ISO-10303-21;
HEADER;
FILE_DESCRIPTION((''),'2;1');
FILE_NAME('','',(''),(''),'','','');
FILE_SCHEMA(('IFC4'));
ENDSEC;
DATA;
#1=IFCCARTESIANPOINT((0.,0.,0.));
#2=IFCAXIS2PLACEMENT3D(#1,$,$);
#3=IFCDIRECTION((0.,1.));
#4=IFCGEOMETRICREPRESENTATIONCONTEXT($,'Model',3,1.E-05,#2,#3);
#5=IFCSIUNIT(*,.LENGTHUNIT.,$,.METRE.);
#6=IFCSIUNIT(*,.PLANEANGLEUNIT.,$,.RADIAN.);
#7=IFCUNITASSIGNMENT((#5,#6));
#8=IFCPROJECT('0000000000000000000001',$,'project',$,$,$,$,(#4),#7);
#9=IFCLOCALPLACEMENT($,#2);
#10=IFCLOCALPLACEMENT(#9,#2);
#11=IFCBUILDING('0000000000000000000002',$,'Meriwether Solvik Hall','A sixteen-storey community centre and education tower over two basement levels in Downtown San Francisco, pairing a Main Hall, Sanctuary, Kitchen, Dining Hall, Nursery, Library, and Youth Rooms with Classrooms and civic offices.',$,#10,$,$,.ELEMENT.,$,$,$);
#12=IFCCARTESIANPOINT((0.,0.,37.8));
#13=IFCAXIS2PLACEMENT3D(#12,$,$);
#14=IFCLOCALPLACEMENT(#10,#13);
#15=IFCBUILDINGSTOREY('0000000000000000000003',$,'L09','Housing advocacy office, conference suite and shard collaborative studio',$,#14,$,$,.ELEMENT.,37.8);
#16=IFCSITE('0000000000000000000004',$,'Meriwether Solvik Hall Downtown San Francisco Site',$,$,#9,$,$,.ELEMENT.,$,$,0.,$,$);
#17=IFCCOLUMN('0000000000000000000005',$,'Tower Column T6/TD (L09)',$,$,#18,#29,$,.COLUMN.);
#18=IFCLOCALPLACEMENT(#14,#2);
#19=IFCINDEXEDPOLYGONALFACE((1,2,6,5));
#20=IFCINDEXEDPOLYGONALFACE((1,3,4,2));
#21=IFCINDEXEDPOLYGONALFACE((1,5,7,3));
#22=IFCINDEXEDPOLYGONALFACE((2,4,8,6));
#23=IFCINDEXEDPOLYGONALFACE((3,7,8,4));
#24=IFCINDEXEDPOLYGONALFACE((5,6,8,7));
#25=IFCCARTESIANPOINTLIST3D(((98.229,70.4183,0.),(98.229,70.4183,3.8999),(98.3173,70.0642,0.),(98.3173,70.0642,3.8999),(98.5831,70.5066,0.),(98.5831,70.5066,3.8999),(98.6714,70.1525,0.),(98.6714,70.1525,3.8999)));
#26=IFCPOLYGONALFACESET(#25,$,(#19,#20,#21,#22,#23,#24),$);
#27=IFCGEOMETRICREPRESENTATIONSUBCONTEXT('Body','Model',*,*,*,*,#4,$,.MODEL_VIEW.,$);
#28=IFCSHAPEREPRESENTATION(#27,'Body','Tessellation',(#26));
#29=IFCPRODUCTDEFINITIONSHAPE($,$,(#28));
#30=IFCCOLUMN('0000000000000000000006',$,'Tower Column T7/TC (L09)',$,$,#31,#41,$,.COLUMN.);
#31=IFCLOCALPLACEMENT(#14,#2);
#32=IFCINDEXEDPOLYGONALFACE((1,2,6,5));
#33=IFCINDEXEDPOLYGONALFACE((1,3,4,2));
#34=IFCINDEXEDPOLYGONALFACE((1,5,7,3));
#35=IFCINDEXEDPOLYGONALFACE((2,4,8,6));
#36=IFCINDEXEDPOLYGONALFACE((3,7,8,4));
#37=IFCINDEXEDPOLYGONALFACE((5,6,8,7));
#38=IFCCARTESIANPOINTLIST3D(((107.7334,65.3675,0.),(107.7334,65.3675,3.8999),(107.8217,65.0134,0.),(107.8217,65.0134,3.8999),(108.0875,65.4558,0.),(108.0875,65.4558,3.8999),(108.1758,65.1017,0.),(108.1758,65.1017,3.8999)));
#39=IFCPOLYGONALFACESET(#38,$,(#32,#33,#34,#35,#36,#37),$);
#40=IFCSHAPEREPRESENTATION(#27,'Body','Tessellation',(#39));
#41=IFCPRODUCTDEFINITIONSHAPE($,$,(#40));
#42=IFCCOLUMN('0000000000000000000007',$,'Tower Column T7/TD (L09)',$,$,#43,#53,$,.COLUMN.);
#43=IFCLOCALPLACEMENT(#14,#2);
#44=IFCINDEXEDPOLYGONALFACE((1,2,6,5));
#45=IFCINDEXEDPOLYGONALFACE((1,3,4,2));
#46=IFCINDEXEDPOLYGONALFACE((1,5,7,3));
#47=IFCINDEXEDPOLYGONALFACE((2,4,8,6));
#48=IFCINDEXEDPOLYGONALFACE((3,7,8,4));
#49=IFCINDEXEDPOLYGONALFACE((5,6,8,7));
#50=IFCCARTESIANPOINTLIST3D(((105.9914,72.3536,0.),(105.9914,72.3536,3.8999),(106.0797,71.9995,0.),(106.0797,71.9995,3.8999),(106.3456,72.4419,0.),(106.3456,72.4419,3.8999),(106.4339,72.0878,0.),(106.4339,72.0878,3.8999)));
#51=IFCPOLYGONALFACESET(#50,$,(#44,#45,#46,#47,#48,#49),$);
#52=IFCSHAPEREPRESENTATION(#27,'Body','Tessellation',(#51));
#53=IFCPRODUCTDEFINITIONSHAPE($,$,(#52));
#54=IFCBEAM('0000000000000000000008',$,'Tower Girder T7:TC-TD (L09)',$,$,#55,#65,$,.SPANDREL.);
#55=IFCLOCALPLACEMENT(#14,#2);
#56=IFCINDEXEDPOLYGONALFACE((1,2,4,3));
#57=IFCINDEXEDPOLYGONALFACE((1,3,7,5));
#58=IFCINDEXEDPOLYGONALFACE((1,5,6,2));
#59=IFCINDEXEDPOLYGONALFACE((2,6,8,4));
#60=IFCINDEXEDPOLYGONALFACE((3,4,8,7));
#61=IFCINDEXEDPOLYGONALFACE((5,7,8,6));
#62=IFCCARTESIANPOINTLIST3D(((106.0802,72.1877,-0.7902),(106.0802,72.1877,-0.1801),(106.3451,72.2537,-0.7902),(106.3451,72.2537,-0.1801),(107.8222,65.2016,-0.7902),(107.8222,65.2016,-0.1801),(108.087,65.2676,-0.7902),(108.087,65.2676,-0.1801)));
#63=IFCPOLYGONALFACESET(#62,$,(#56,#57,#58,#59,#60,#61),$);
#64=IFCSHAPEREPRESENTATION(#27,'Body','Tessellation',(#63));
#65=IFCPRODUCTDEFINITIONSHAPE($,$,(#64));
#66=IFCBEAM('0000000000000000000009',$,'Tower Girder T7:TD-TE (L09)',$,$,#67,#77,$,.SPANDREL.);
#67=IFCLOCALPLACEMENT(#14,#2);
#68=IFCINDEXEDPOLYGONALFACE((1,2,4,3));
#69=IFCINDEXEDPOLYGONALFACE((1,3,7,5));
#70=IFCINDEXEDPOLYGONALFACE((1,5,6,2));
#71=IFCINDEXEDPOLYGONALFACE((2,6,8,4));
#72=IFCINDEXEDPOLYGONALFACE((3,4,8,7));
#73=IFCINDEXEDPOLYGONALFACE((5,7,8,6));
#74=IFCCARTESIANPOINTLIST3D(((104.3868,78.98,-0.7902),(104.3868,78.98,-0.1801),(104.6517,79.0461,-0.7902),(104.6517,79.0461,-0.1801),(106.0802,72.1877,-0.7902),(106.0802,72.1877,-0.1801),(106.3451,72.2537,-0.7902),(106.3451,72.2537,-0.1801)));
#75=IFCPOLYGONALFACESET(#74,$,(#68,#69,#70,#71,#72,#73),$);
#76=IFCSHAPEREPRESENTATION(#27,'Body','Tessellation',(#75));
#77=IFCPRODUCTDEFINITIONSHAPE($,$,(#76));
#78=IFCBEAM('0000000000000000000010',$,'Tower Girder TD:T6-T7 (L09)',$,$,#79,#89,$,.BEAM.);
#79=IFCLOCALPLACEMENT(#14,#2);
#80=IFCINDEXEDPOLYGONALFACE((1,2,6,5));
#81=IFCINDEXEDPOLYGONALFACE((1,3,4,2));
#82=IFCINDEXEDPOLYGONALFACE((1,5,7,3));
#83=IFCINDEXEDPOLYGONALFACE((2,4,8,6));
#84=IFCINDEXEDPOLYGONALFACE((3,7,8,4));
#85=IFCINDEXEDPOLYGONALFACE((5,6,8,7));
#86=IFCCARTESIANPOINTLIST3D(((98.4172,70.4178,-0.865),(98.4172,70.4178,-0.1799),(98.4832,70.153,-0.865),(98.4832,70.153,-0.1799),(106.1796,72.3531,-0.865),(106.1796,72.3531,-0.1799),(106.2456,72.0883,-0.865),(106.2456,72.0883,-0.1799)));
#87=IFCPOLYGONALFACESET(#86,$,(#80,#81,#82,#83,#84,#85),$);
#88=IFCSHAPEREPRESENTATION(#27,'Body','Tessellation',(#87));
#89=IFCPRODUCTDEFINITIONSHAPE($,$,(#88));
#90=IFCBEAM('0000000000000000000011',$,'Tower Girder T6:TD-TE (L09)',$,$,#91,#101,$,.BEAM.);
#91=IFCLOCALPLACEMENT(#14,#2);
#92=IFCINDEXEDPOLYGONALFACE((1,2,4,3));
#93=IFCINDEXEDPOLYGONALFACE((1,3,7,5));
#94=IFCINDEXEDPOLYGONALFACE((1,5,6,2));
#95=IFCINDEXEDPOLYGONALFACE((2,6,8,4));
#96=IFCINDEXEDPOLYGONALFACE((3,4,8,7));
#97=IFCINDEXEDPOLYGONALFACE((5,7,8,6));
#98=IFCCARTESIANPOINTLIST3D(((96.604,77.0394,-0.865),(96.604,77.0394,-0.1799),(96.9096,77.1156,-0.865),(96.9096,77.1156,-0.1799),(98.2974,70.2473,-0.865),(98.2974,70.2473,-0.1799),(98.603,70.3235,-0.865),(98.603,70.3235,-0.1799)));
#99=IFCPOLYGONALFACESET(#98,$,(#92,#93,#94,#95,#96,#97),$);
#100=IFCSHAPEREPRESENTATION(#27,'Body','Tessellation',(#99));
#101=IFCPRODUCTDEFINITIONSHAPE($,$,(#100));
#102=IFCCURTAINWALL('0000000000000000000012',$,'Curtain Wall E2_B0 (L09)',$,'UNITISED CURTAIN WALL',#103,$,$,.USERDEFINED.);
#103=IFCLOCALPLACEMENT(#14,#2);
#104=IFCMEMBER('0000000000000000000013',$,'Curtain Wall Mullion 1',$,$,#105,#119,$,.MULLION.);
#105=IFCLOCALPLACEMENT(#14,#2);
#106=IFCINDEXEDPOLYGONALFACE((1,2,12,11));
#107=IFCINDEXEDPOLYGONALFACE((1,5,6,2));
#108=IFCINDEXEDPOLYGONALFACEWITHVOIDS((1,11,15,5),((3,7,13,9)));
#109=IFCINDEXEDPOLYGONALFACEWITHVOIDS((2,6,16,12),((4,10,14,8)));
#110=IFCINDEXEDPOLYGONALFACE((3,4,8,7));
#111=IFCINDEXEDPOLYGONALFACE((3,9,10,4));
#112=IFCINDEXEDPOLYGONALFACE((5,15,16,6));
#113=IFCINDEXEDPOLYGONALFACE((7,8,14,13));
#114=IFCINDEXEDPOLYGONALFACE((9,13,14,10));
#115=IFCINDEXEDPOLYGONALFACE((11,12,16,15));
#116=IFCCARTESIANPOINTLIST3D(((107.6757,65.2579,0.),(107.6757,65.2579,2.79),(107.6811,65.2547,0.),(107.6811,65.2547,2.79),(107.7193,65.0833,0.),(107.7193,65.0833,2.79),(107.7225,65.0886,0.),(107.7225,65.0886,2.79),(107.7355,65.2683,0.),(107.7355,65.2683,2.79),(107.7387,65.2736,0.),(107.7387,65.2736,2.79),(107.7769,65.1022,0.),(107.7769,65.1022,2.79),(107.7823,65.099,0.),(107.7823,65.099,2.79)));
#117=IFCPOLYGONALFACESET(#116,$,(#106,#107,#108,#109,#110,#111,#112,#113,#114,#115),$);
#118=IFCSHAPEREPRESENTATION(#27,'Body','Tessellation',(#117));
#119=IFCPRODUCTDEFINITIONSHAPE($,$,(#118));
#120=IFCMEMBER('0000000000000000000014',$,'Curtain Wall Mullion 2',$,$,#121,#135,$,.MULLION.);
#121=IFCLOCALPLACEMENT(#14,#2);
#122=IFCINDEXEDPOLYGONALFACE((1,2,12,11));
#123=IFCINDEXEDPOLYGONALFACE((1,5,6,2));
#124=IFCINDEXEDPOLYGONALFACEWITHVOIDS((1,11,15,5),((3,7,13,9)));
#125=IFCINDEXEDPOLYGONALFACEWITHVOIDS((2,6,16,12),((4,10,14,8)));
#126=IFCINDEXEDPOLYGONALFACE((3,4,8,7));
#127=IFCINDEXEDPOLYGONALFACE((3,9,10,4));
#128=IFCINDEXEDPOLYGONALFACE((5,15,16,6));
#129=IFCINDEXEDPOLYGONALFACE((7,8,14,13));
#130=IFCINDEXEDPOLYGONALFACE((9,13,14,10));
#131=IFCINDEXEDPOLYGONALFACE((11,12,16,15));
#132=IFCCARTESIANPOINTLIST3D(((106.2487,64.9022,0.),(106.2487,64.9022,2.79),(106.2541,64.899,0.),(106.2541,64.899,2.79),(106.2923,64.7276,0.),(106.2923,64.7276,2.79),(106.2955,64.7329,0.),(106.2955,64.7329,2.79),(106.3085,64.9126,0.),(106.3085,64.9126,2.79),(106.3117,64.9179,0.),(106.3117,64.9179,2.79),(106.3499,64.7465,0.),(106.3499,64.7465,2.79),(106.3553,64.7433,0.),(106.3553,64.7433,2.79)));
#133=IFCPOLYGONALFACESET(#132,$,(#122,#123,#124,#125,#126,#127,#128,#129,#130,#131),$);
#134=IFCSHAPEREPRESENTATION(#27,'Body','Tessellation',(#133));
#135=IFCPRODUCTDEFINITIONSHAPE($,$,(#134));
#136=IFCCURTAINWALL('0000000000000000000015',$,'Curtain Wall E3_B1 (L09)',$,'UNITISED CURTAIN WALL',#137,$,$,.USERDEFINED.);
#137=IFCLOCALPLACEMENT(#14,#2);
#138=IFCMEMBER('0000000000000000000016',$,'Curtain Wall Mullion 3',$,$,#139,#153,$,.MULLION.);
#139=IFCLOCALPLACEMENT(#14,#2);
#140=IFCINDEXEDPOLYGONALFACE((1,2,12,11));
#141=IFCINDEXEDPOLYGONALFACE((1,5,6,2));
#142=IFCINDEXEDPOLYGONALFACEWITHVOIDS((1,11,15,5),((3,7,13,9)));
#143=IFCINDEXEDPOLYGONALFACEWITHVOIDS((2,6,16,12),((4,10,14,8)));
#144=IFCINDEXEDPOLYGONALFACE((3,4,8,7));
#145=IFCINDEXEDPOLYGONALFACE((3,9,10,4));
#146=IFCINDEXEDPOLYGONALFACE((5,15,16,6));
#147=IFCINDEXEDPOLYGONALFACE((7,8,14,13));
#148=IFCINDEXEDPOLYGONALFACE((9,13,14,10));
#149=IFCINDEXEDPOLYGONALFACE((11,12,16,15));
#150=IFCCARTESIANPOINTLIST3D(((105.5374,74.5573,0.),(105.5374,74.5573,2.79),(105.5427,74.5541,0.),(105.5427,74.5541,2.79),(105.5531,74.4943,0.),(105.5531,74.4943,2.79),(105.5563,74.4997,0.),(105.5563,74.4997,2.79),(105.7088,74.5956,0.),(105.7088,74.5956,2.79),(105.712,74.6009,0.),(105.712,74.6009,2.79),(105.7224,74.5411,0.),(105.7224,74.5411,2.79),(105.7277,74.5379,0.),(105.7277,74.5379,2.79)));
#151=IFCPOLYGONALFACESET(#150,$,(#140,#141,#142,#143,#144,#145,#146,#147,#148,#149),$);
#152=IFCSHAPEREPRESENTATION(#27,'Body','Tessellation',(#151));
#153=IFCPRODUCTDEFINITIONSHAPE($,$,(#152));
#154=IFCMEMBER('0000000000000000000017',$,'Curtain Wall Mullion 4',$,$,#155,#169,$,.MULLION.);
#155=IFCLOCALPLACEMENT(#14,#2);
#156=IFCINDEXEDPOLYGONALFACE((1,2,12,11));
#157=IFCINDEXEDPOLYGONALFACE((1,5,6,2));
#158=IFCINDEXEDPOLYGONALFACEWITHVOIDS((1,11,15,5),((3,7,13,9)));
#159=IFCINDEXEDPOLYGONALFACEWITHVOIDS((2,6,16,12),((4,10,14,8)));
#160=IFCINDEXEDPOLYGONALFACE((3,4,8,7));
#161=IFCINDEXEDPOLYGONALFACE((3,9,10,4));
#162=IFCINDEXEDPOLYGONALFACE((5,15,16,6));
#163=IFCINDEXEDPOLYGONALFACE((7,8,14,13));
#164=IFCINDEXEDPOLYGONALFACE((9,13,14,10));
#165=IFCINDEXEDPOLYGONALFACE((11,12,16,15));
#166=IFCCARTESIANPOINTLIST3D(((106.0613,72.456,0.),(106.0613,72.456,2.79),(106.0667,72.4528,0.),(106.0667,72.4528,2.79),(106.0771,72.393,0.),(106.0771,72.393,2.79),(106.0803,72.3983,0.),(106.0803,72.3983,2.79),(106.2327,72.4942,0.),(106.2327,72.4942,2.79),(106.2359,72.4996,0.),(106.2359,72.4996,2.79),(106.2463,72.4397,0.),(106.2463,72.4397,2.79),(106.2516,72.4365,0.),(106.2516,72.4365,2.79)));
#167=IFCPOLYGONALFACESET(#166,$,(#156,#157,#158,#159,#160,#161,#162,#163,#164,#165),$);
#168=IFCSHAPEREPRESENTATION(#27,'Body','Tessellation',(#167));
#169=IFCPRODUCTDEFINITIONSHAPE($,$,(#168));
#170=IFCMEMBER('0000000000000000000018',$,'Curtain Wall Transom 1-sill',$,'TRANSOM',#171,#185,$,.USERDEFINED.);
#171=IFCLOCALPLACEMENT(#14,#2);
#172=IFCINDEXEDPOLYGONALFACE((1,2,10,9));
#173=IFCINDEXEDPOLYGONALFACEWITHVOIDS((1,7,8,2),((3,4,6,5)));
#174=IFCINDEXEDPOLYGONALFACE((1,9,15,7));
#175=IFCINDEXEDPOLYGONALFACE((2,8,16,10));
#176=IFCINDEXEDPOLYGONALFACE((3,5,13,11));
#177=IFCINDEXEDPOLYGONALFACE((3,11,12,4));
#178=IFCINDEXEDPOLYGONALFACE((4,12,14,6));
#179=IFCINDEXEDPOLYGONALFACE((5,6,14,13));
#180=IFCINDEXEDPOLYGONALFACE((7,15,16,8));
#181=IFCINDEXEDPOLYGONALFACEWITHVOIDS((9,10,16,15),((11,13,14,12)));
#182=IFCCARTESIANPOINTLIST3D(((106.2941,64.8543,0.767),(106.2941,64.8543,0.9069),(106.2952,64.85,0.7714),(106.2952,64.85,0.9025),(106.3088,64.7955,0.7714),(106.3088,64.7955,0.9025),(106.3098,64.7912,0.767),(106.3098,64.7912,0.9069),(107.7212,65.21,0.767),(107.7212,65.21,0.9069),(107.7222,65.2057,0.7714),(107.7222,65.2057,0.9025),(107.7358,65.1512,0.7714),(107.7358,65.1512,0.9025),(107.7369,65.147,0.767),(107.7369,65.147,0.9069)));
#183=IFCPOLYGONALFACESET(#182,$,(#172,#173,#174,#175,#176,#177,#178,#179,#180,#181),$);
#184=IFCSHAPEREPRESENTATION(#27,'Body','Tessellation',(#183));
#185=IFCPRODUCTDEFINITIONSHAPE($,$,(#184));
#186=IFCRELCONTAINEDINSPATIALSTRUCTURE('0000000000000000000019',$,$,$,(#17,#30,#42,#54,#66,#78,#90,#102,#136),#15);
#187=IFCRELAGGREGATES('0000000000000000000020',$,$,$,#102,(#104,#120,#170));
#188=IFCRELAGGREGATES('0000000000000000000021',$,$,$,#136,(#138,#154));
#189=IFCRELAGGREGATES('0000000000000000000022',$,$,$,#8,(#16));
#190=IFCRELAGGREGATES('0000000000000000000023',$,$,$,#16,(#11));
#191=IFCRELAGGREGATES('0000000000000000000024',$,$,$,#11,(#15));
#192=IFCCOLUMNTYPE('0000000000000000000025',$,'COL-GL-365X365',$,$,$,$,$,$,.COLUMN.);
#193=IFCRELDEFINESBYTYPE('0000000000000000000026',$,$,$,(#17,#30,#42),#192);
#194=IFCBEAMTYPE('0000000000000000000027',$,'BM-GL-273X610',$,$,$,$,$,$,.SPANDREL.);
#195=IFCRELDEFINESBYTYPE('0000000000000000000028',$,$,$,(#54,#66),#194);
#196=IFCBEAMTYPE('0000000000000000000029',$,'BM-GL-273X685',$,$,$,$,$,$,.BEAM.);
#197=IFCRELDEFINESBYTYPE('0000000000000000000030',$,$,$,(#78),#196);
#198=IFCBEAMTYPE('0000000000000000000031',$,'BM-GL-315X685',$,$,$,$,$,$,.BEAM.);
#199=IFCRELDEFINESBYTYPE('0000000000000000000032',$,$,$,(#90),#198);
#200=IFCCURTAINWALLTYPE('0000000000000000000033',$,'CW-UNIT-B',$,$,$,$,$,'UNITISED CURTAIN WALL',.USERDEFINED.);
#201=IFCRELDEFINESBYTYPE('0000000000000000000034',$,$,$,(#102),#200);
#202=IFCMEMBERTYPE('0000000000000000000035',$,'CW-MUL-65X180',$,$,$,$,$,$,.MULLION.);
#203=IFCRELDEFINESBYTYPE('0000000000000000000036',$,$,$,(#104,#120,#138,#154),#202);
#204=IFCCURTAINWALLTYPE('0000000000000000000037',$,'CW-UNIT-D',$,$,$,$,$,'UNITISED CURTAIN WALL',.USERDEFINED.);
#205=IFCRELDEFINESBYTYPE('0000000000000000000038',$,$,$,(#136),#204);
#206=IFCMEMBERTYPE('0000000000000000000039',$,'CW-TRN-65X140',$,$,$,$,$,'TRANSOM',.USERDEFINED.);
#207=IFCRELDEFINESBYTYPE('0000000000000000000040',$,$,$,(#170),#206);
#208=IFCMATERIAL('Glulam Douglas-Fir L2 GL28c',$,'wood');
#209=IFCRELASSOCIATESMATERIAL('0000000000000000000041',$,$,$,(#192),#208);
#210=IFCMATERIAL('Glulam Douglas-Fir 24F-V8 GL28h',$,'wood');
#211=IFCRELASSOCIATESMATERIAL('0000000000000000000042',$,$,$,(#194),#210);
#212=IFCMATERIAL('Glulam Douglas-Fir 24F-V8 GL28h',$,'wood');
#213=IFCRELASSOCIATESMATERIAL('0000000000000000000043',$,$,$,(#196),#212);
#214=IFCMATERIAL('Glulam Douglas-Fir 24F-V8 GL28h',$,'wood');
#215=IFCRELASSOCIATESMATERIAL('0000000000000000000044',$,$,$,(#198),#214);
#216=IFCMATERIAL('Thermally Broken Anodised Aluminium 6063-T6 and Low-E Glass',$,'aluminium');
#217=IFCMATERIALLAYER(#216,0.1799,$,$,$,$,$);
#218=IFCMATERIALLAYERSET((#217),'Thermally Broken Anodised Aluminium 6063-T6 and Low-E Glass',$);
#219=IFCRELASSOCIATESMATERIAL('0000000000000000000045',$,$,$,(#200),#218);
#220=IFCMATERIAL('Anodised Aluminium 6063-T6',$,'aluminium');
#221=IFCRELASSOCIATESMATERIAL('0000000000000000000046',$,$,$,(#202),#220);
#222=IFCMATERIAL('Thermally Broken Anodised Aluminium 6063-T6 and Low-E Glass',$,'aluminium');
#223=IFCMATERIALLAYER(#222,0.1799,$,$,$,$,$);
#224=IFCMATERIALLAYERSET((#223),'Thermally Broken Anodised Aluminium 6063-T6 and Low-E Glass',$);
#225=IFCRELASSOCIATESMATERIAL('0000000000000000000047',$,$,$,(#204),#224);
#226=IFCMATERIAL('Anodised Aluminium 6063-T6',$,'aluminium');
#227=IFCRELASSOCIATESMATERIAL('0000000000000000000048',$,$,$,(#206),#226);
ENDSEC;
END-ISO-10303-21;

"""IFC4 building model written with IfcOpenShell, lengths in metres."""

from ifc_helpers import new_model, si_unit, direction, frame, origin, origin_2d, place, context, subcontext, project, spatial, rectangle, hollow_rectangle, extrude, material, layer, layer_set, material_profile, profile_set, type_object, element, aggregate, save


model = new_model("IFC4")

# Units and contexts
model_context = context("Model", 3, precision=1e-05, world=origin(), true_north=direction((0.0, 1.0)))
body_context = subcontext(model_context, "Body", "Model", "MODEL_VIEW")
ifc_project = project(units=[si_unit("LENGTHUNIT", "METRE"), si_unit("PLANEANGLEUNIT", "RADIAN")], contexts=[model_context])

# Site, building, storey
site_placement = place(None, origin())
site = spatial("IfcSite", under=ifc_project, at=site_placement, Name="Meriwether Solvik Hall Downtown San Francisco Site", CompositionType="ELEMENT", RefElevation=0.0)
building_placement = place(site_placement, origin())
building = spatial("IfcBuilding", under=site, at=building_placement, Name="Meriwether Solvik Hall", Description="A sixteen-storey community centre and education tower over two basement levels in Downtown San Francisco, pairing a Main Hall, Sanctuary, Kitchen, Dining Hall, Nursery, Library, and Youth Rooms with Classrooms and civic offices.", CompositionType="ELEMENT")
storey_placement = place(building_placement, frame((0.0, 0.0, 37.8)))
storey = spatial("IfcBuildingStorey", under=building, at=storey_placement, Name="L09", Description="Housing advocacy office, conference suite and shard collaborative studio", CompositionType="ELEMENT", Elevation=37.8)

# Columns
ifc_material_1 = material(Name="Glulam Douglas-Fir L2 GL28c", Category="wood")
ifc_material_profile_1 = material_profile(ifc_material_1, rectangle(XDim=0.365, YDim=0.365, at=origin_2d()), Name="GLC-365X365")
ifc_profile_set_1 = profile_set([ifc_material_profile_1], Name="Glulam Douglas-Fir L2 GL28c")
column_type = type_object("IfcColumnType", Name="COL-GL-365X365", PredefinedType="COLUMN", material=ifc_profile_set_1)
for number, where, z_axis, x_axis, name in (
    (1, (98.4502, 70.2854, 0.0), (0.0, 0.0, 1.0), (0.970296, 0.241922, 0.0), "Tower Column T6/TD (L09)"),
    (2, (107.9546, 65.2346, 0.0), (0.0, 0.0, 1.0), (0.970296, 0.241922, 0.0), "Tower Column T7/TC (L09)"),
    (3, (106.2126, 72.2207, 0.0), (0.0, 0.0, 1.0), (0.970296, 0.241922, 0.0), "Tower Column T7/TD (L09)"),
):
    element("IfcColumn", number, at=place(storey_placement, frame(where, z_axis=z_axis, x_axis=x_axis)), inside=storey, type_object=column_type, Name=name, PredefinedType="COLUMN", context=body_context, shape_type="SweptSolid", body=[
        extrude(rectangle(XDim=0.365, YDim=0.365, at=origin_2d()), origin(), (0.0, 0.0, 1.0), 3.8999),
    ])

# Beams
ifc_material_2 = material(Name="Glulam Douglas-Fir 24F-V8 GL28h", Category="wood")
ifc_material_profile_2 = material_profile(ifc_material_2, rectangle(XDim=0.2729, YDim=0.6101, at=origin_2d()), Name="GLB-273X610")
ifc_profile_set_2 = profile_set([ifc_material_profile_2], Name="Glulam Douglas-Fir 24F-V8 GL28h")
beam_type_1 = type_object("IfcBeamType", Name="BM-GL-273X610", PredefinedType="SPANDREL", material=ifc_profile_set_2)
beam_1_placement = place(storey_placement, frame((107.9546, 65.2346, -0.4851), z_axis=(-0.241937, 0.970292, 0.0), x_axis=(-0.970292, -0.241937, 0.0)))
element("IfcBeam", 4, at=beam_1_placement, inside=storey, type_object=beam_type_1, Name="Tower Girder T7:TC-TD (L09)", PredefinedType="SPANDREL", context=body_context, shape_type="SweptSolid", body=[
    extrude(rectangle(XDim=0.2729, YDim=0.6101, at=origin_2d()), origin(), (0.0, 0.0, 1.0), 7.2),
])
beam_2_placement = place(storey_placement, frame((106.2126, 72.2207, -0.4851), z_axis=(-0.241904, 0.9703, 0.0), x_axis=(-0.9703, -0.241904, 0.0)))
element("IfcBeam", 5, at=beam_2_placement, inside=storey, type_object=beam_type_1, Name="Tower Girder T7:TD-TE (L09)", PredefinedType="SPANDREL", context=body_context, shape_type="SweptSolid", body=[
    extrude(rectangle(XDim=0.2729, YDim=0.6101, at=origin_2d()), origin(), (0.0, 0.0, 1.0), 7.0002),
])
ifc_material_3 = material(Name="Glulam Douglas-Fir 24F-V8 GL28h", Category="wood")
ifc_material_profile_3 = material_profile(ifc_material_3, rectangle(XDim=0.2729, YDim=0.6851, at=origin_2d()), Name="GLB-273X685")
ifc_profile_set_3 = profile_set([ifc_material_profile_3], Name="Glulam Douglas-Fir 24F-V8 GL28h")
beam_type_2 = type_object("IfcBeamType", Name="BM-GL-273X685", PredefinedType="BEAM", material=ifc_profile_set_3)
beam_3_placement = place(storey_placement, frame((98.4502, 70.2854, -0.5225), z_axis=(0.970298, 0.241911, 0.0), x_axis=(-0.241911, 0.970298, 0.0)))
element("IfcBeam", 6, at=beam_3_placement, inside=storey, type_object=beam_type_2, Name="Tower Girder TD:T6-T7 (L09)", PredefinedType="BEAM", context=body_context, shape_type="SweptSolid", body=[
    extrude(rectangle(XDim=0.2729, YDim=0.6851, at=origin_2d()), origin(), (0.0, 0.0, 1.0), 8.0),
])
ifc_material_4 = material(Name="Glulam Douglas-Fir 24F-V8 GL28h", Category="wood")
ifc_material_profile_4 = material_profile(ifc_material_4, rectangle(XDim=0.3149, YDim=0.6851, at=origin_2d()), Name="GLB-315X685")
ifc_profile_set_4 = profile_set([ifc_material_profile_4], Name="Glulam Douglas-Fir 24F-V8 GL28h")
beam_type_3 = type_object("IfcBeamType", Name="BM-GL-315X685", PredefinedType="BEAM", material=ifc_profile_set_4)
beam_4_placement = place(storey_placement, frame((98.4502, 70.2854, -0.5225), z_axis=(-0.241912, 0.970298, 0.0), x_axis=(-0.970298, -0.241912, 0.0)))
element("IfcBeam", 7, at=beam_4_placement, inside=storey, type_object=beam_type_3, Name="Tower Girder T6:TD-TE (L09)", PredefinedType="BEAM", context=body_context, shape_type="SweptSolid", body=[
    extrude(rectangle(XDim=0.3149, YDim=0.6851, at=origin_2d()), origin(), (0.0, 0.0, 1.0), 7.0),
])

# Curtain walls, members
ifc_material_5 = material(Name="Thermally Broken Anodised Aluminium 6063-T6 and Low-E Glass", Category="aluminium")
ifc_layer_1 = layer(ifc_material_5, 0.1799)
ifc_layer_set_1 = layer_set([ifc_layer_1], Name="Thermally Broken Anodised Aluminium 6063-T6 and Low-E Glass")
curtain_wall_type_1 = type_object("IfcCurtainWallType", Name="CW-UNIT-B", ElementType="UNITISED CURTAIN WALL", PredefinedType="USERDEFINED", material=ifc_layer_set_1)
curtain_wall_1_placement = place(storey_placement, origin())
curtain_wall_1 = element("IfcCurtainWall", 8, at=curtain_wall_1_placement, inside=storey, type_object=curtain_wall_type_1, Name="Curtain Wall E2_B0 (L09)", ObjectType="UNITISED CURTAIN WALL", PredefinedType="USERDEFINED")
ifc_material_6 = material(Name="Anodised Aluminium 6063-T6", Category="aluminium")
ifc_material_profile_5 = material_profile(ifc_material_6, hollow_rectangle(XDim=0.0649, YDim=0.1799, WallThickness=0.0044, at=origin_2d()), Name="CWM-65X180")
ifc_profile_set_5 = profile_set([ifc_material_profile_5], Name="Anodised Aluminium 6063-T6")
member_type_1 = type_object("IfcMemberType", Name="CW-MUL-65X180", PredefinedType="MULLION", material=ifc_profile_set_5)
member_1_placement = place(storey_placement, frame((107.729, 65.1785, 0.0), z_axis=(0.0, 0.0, 1.0), x_axis=(-0.970296, -0.241922, 0.0)))
member_1 = element("IfcMember", 9, at=member_1_placement, type_object=member_type_1, Name="Curtain Wall Mullion 1", PredefinedType="MULLION", context=body_context, shape_type="SweptSolid", body=[
    extrude(hollow_rectangle(XDim=0.0649, YDim=0.1799, WallThickness=0.0044, at=origin_2d()), origin(), (0.0, 0.0, 1.0), 2.79),
])
member_2_placement = place(storey_placement, frame((106.302, 64.8228, 0.0), z_axis=(0.0, 0.0, 1.0), x_axis=(-0.970296, -0.241922, 0.0)))
member_2 = element("IfcMember", 10, at=member_2_placement, type_object=member_type_1, Name="Curtain Wall Mullion 2", PredefinedType="MULLION", context=body_context, shape_type="SweptSolid", body=[
    extrude(hollow_rectangle(XDim=0.0649, YDim=0.1799, WallThickness=0.0044, at=origin_2d()), origin(), (0.0, 0.0, 1.0), 2.79),
])
ifc_material_7 = material(Name="Thermally Broken Anodised Aluminium 6063-T6 and Low-E Glass", Category="aluminium")
ifc_layer_2 = layer(ifc_material_7, 0.1799)
ifc_layer_set_2 = layer_set([ifc_layer_2], Name="Thermally Broken Anodised Aluminium 6063-T6 and Low-E Glass")
curtain_wall_type_2 = type_object("IfcCurtainWallType", Name="CW-UNIT-D", ElementType="UNITISED CURTAIN WALL", PredefinedType="USERDEFINED", material=ifc_layer_set_2)
curtain_wall_2_placement = place(storey_placement, origin())
curtain_wall_2 = element("IfcCurtainWall", 11, at=curtain_wall_2_placement, inside=storey, type_object=curtain_wall_type_2, Name="Curtain Wall E3_B1 (L09)", ObjectType="UNITISED CURTAIN WALL", PredefinedType="USERDEFINED")
member_3_placement = place(storey_placement, frame((105.6326, 74.5476, 0.0), z_axis=(0.0, 0.0, 1.0), x_axis=(0.241922, -0.970296, 0.0)))
member_3 = element("IfcMember", 12, at=member_3_placement, type_object=member_type_1, Name="Curtain Wall Mullion 3", PredefinedType="MULLION", context=body_context, shape_type="SweptSolid", body=[
    extrude(hollow_rectangle(XDim=0.0649, YDim=0.1799, WallThickness=0.0044, at=origin_2d()), origin(), (0.0, 0.0, 1.0), 2.79),
])
member_4_placement = place(storey_placement, frame((106.1565, 72.4463, 0.0), z_axis=(0.0, 0.0, 1.0), x_axis=(0.241922, -0.970296, 0.0)))
member_4 = element("IfcMember", 13, at=member_4_placement, type_object=member_type_1, Name="Curtain Wall Mullion 4", PredefinedType="MULLION", context=body_context, shape_type="SweptSolid", body=[
    extrude(hollow_rectangle(XDim=0.0649, YDim=0.1799, WallThickness=0.0044, at=origin_2d()), origin(), (0.0, 0.0, 1.0), 2.79),
])

# Member
ifc_material_8 = material(Name="Anodised Aluminium 6063-T6", Category="aluminium")
ifc_material_profile_6 = material_profile(ifc_material_8, hollow_rectangle(XDim=0.0649, YDim=0.1399, WallThickness=0.0044, at=origin_2d()), Name="CWT-65X140")
ifc_profile_set_6 = profile_set([ifc_material_profile_6], Name="Anodised Aluminium 6063-T6")
member_type_2 = type_object("IfcMemberType", Name="CW-TRN-65X140", ElementType="TRANSOM", PredefinedType="USERDEFINED", material=ifc_profile_set_6)
member_5_placement = place(storey_placement, frame((107.729, 65.1785, 0.8369), z_axis=(-0.970308, -0.241872, 0.0), x_axis=(0.241872, -0.970308, 0.0)))
member_5 = element("IfcMember", 14, at=member_5_placement, type_object=member_type_2, Name="Curtain Wall Transom 1-sill", ObjectType="TRANSOM", PredefinedType="USERDEFINED", context=body_context, shape_type="SweptSolid", body=[
    extrude(hollow_rectangle(XDim=0.0649, YDim=0.1399, WallThickness=0.0044, at=origin_2d()), origin(), (0.0, 0.0, 1.0), 1.4707),
])

aggregate(curtain_wall_1, [member_1, member_2, member_5])
aggregate(curtain_wall_2, [member_3, member_4])

save(model, "model.ifc")
